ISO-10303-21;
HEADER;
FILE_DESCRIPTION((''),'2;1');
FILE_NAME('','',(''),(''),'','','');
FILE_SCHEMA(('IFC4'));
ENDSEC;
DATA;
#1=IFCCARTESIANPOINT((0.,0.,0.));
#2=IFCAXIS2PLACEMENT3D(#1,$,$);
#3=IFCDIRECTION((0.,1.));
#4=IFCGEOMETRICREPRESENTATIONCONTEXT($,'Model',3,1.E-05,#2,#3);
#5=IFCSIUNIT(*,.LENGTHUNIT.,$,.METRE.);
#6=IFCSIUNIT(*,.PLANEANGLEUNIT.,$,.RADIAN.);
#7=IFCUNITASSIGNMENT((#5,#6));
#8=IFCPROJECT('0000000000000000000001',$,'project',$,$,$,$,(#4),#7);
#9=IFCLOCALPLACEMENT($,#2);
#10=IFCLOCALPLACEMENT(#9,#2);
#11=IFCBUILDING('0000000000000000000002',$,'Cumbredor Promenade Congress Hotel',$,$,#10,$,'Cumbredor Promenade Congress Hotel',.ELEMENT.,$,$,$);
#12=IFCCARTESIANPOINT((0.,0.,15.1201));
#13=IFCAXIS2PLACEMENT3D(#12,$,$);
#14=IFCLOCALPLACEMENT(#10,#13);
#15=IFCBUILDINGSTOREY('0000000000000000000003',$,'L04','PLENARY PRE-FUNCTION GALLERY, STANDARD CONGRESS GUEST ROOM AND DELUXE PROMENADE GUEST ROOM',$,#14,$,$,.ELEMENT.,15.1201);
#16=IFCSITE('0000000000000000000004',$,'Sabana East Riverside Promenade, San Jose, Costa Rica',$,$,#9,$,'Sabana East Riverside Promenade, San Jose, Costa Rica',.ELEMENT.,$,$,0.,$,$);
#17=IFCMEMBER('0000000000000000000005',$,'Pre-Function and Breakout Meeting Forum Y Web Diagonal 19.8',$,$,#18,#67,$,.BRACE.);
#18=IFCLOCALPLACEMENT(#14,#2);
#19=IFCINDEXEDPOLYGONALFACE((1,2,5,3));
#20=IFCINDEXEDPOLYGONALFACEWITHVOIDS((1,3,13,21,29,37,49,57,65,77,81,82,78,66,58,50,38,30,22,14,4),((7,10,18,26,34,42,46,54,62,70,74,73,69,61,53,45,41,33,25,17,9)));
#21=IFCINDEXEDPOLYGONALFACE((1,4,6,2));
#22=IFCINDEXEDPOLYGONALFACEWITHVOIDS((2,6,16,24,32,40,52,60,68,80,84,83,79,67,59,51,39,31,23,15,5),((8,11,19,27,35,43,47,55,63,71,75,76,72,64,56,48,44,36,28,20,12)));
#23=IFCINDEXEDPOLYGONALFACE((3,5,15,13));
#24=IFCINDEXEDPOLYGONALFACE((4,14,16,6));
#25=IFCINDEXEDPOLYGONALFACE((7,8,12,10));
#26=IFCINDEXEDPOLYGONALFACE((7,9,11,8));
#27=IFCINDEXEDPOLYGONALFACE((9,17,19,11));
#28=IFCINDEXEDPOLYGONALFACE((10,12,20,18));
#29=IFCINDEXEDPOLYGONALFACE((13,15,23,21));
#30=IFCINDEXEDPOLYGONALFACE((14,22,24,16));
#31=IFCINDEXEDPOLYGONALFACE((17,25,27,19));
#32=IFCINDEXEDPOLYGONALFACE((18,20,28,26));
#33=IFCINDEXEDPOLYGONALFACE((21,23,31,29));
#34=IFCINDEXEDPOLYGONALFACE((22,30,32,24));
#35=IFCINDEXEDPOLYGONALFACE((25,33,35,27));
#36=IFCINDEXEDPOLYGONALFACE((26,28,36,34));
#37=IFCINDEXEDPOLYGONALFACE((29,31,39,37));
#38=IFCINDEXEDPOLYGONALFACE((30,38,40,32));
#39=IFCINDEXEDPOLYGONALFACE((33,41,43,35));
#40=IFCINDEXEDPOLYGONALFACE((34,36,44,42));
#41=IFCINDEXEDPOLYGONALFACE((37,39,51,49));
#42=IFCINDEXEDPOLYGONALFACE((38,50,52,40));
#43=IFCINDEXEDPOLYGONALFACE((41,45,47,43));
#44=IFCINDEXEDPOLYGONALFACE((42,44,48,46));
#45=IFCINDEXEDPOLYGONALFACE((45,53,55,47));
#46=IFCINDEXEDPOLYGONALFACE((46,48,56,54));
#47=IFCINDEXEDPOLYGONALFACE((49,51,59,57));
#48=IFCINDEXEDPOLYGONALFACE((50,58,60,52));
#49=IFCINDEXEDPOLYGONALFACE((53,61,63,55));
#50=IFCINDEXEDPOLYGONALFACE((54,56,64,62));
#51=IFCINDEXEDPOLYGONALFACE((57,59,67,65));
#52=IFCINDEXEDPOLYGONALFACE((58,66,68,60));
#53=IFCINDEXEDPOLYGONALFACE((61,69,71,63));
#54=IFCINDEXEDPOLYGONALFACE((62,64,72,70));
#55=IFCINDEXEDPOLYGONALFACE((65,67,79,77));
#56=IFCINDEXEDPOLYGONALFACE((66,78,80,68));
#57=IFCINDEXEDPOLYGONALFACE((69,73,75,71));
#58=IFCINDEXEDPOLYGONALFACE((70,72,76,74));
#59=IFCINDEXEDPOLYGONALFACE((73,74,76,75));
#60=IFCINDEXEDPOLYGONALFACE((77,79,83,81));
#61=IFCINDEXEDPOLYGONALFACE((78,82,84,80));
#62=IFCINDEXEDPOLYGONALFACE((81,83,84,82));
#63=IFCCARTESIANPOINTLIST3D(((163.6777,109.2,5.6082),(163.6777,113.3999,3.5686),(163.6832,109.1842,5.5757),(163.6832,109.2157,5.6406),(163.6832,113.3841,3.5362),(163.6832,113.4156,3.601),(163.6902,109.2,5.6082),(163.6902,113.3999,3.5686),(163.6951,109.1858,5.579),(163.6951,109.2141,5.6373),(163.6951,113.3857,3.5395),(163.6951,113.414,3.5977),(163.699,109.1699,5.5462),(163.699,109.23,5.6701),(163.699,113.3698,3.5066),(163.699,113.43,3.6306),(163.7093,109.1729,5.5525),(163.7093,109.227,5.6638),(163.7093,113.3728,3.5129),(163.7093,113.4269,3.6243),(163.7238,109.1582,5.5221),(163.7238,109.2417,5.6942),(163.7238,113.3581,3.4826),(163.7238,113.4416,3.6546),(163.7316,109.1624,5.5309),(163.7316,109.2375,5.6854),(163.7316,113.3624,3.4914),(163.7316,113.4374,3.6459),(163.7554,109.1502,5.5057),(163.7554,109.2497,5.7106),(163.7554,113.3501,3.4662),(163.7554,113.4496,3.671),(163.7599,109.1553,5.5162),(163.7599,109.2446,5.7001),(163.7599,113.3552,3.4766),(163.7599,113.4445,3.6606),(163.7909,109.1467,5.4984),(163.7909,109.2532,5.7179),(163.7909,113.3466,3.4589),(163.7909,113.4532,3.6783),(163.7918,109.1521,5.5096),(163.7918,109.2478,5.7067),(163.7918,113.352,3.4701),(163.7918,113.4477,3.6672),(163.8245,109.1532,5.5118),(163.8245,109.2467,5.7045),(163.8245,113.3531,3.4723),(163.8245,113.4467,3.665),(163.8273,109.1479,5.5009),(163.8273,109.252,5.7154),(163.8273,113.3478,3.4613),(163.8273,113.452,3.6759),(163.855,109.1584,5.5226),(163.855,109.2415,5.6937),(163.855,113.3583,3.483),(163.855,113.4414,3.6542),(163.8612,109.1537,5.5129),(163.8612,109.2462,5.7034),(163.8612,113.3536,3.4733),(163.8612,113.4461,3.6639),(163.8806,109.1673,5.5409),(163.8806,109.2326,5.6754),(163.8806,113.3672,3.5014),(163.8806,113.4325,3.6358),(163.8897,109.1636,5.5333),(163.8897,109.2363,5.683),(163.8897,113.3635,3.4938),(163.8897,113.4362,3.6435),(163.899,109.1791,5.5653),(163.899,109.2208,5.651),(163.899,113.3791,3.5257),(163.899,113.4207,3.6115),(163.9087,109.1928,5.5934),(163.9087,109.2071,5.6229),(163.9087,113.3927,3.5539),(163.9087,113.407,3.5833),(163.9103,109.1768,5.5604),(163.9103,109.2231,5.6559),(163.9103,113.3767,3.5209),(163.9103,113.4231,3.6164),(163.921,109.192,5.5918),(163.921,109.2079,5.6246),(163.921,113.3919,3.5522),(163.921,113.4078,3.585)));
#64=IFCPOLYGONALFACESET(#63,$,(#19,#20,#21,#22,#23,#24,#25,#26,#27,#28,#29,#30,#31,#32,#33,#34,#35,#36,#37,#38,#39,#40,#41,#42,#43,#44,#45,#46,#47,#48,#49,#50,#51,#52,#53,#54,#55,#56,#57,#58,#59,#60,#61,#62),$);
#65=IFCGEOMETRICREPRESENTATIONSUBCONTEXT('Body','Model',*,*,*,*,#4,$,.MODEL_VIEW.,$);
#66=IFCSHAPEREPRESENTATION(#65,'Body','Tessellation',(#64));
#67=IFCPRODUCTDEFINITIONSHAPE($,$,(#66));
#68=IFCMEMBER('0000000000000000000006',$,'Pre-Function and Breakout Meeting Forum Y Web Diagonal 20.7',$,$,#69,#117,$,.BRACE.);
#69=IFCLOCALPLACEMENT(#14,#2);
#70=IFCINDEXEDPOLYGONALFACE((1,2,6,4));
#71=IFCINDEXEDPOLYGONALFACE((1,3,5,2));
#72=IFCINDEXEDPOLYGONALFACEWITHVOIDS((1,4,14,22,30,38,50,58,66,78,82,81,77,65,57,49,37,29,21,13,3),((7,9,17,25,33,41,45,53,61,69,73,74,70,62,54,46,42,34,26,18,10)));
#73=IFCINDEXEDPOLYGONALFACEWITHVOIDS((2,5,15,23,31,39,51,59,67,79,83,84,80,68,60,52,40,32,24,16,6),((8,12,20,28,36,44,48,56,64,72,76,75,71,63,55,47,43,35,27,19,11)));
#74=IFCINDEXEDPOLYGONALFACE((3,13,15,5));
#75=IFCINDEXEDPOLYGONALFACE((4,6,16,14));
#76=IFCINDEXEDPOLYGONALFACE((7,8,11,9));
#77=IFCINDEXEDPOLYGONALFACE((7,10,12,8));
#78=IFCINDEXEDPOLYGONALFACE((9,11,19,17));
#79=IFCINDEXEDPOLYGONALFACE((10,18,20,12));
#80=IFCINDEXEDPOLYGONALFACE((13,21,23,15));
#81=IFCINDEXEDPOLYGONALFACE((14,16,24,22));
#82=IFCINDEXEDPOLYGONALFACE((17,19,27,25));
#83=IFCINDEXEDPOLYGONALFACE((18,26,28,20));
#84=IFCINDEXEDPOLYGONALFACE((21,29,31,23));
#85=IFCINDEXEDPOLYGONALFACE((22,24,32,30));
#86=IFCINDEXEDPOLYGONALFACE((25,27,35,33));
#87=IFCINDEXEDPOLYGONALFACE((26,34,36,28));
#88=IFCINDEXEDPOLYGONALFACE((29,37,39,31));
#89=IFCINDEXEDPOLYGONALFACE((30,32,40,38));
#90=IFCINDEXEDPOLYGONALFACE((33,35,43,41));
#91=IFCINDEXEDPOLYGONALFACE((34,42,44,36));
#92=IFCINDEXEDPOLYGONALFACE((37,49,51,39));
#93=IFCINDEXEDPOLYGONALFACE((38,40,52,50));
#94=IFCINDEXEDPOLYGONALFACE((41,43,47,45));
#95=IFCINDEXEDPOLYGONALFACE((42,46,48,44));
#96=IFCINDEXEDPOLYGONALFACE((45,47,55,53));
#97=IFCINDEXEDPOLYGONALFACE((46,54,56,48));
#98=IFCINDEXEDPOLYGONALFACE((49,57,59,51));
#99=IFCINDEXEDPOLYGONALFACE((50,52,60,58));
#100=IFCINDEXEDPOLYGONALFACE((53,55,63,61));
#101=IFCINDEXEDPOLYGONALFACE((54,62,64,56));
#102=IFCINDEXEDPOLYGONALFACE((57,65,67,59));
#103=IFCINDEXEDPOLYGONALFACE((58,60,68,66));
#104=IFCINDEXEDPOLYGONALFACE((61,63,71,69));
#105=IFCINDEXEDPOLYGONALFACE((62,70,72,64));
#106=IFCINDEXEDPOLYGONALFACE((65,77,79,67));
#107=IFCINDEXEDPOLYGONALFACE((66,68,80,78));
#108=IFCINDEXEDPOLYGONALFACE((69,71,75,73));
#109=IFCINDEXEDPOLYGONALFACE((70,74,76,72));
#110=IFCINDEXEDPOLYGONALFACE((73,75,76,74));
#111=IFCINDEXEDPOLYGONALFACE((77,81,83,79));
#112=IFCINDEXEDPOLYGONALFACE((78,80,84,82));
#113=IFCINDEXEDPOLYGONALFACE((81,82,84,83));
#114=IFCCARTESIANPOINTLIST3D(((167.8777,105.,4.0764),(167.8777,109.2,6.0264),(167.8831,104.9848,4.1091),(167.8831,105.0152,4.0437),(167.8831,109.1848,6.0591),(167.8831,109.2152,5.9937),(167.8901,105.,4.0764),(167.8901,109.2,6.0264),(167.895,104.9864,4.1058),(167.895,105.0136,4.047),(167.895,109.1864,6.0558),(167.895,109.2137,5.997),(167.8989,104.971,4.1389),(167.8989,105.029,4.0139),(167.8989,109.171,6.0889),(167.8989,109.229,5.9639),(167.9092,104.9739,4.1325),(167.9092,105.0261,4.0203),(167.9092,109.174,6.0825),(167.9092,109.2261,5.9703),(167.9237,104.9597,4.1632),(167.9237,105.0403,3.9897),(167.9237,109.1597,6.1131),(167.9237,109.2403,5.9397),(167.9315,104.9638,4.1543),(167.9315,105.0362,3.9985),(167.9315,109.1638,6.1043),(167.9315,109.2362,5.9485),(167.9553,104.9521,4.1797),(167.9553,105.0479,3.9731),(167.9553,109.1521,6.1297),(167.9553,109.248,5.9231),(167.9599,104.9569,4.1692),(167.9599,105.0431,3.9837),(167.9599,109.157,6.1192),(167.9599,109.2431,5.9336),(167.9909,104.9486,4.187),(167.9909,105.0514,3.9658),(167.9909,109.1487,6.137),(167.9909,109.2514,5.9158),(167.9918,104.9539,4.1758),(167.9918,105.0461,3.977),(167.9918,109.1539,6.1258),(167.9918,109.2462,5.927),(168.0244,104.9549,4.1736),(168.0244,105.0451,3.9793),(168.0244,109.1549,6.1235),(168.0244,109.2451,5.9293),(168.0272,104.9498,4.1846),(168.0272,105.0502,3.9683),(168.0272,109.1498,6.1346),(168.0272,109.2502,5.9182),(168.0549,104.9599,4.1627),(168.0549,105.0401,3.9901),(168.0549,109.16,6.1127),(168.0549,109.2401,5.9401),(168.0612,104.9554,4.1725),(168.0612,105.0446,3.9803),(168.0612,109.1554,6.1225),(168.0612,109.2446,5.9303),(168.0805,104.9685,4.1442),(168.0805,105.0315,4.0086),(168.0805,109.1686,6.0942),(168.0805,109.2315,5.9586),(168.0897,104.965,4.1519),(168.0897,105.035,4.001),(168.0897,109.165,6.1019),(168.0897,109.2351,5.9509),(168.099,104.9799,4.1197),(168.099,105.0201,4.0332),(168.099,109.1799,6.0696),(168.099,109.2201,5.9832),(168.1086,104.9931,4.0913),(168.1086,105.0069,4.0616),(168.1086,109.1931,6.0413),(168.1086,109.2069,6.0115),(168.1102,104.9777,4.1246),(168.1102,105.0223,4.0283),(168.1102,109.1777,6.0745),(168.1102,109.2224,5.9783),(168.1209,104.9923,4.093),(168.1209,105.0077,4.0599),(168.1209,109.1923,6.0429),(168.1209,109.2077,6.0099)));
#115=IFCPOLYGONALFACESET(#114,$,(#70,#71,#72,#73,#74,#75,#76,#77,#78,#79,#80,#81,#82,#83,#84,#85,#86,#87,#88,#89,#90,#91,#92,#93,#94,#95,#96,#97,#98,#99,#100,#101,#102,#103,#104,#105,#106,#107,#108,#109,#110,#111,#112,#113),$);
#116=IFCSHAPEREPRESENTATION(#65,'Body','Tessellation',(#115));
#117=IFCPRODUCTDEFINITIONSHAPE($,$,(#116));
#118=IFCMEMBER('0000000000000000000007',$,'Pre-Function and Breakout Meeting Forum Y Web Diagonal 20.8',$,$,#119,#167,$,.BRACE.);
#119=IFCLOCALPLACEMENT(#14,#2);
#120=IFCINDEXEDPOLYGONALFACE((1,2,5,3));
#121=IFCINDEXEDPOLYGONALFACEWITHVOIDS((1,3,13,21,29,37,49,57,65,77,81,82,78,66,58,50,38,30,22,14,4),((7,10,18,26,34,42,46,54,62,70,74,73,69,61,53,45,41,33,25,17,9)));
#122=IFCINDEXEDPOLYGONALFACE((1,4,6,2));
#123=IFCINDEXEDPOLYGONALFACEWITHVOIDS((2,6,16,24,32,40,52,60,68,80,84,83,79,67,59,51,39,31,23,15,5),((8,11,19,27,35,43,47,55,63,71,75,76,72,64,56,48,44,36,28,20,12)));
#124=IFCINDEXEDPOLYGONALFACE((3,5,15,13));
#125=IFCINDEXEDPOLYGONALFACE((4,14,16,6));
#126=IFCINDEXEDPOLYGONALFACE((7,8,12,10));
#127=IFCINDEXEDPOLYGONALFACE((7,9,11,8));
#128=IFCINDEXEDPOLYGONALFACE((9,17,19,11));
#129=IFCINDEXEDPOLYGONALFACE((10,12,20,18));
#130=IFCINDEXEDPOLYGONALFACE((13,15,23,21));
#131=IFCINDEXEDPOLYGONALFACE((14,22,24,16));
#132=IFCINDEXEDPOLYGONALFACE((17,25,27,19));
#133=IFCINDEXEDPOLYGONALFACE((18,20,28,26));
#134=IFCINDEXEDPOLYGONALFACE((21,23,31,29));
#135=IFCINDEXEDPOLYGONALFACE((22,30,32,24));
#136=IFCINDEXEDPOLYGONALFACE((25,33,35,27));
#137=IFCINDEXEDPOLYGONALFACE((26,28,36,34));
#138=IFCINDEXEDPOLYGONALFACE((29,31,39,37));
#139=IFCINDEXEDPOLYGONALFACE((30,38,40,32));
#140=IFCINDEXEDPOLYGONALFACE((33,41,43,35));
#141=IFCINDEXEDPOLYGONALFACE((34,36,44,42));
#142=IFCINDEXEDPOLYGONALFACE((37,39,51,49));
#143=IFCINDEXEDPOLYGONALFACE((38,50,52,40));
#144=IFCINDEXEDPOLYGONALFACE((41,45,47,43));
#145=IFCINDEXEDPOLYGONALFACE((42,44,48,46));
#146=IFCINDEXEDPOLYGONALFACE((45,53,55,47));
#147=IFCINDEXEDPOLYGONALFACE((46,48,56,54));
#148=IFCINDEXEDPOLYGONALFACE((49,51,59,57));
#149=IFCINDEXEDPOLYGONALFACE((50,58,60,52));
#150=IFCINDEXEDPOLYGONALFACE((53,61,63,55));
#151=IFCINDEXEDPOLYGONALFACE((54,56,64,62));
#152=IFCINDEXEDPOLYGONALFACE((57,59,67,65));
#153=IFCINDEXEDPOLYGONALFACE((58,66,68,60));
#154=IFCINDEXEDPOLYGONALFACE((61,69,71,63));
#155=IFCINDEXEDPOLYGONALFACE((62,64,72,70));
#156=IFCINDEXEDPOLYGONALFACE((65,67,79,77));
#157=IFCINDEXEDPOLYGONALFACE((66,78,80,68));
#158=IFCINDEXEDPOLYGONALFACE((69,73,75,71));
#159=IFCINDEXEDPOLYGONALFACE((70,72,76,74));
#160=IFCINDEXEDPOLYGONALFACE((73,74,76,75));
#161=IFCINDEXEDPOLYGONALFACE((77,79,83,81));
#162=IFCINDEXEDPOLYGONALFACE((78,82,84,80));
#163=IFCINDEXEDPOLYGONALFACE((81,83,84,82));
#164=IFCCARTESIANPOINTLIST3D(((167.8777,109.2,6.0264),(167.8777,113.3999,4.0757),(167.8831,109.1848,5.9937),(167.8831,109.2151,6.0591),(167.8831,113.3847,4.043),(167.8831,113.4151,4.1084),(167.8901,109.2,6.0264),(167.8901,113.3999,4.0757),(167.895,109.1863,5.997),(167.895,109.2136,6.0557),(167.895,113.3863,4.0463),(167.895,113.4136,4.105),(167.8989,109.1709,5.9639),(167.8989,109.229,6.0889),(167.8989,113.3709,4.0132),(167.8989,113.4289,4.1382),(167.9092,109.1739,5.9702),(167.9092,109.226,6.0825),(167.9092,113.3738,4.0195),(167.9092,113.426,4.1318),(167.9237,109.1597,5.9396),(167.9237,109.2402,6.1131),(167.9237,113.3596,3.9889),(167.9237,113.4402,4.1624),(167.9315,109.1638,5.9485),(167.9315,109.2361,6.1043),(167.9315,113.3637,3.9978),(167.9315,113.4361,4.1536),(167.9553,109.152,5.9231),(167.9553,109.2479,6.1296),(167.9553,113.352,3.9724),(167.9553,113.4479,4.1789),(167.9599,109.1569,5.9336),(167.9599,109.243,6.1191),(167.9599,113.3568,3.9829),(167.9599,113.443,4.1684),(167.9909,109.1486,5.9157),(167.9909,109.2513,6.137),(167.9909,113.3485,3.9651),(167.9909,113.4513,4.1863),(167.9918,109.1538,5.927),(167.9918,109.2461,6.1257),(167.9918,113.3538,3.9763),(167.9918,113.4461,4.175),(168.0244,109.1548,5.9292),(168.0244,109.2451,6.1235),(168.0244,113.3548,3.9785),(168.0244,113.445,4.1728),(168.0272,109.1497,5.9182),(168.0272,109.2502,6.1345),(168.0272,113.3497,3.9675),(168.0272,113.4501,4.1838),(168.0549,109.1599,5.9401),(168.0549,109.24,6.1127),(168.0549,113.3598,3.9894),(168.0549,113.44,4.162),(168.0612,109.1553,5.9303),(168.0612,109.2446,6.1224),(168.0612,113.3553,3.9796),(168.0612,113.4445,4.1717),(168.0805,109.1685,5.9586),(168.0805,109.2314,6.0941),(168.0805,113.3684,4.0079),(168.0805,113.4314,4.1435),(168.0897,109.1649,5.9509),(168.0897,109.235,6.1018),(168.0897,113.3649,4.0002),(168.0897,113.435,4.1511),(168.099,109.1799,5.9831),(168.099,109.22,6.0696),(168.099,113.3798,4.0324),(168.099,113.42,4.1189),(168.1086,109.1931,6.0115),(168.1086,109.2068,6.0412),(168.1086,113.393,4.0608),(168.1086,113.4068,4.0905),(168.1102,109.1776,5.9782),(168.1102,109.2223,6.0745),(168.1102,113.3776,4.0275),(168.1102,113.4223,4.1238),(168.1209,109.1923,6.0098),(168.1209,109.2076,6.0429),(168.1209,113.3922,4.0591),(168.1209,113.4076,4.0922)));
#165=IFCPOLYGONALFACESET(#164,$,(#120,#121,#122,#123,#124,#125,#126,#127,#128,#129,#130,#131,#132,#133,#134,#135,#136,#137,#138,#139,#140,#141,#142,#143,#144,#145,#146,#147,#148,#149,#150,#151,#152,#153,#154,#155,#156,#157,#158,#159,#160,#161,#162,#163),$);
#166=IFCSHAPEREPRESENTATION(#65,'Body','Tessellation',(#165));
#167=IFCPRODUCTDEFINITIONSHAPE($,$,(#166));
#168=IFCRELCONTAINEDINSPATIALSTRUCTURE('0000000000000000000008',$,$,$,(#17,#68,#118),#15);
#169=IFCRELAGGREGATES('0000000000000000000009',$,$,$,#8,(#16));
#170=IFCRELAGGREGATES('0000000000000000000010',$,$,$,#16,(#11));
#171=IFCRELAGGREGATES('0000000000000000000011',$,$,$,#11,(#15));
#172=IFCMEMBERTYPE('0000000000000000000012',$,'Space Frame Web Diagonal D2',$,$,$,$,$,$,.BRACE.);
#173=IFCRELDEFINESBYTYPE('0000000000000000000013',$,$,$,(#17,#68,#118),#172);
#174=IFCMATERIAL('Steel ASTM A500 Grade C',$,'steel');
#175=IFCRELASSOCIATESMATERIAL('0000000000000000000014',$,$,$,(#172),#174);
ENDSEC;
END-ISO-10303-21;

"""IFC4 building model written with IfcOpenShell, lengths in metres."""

from ifc_helpers import new_model, si_unit, direction, frame, origin, origin_2d, place, context, subcontext, project, spatial, hollow_circle, extrude, material, material_profile, profile_set, type_object, element, save


model = new_model("IFC4")

# Units and contexts
model_context = context("Model", 3, precision=1e-05, world=origin(), true_north=direction((0.0, 1.0)))
body_context = subcontext(model_context, "Body", "Model", "MODEL_VIEW")
ifc_project = project(units=[si_unit("LENGTHUNIT", "METRE"), si_unit("PLANEANGLEUNIT", "RADIAN")], contexts=[model_context])

# Site, building, storey
site_placement = place(None, origin())
site = spatial("IfcSite", under=ifc_project, at=site_placement, Name="Sabana East Riverside Promenade, San Jose, Costa Rica", LongName="Sabana East Riverside Promenade, San Jose, Costa Rica", CompositionType="ELEMENT", RefElevation=0.0)
building_placement = place(site_placement, origin())
building = spatial("IfcBuilding", under=site, at=building_placement, Name="Cumbredor Promenade Congress Hotel", LongName="Cumbredor Promenade Congress Hotel", CompositionType="ELEMENT")
storey_placement = place(building_placement, frame((0.0, 0.0, 15.1201)))
storey = spatial("IfcBuildingStorey", under=building, at=storey_placement, Name="L04", Description="PLENARY PRE-FUNCTION GALLERY, STANDARD CONGRESS GUEST ROOM AND DELUXE PROMENADE GUEST ROOM", CompositionType="ELEMENT", Elevation=15.1201)

# Members
ifc_material_1 = material(Name="Steel ASTM A500 Grade C", Category="steel")
ifc_material_profile_1 = material_profile(ifc_material_1, hollow_circle(Radius=0.1223, WallThickness=0.0125, at=origin_2d()), Name="CHS 244.5x12.5")
ifc_profile_set_1 = profile_set([ifc_material_profile_1], Name="Steel ASTM A500 Grade C")
member_type_1 = type_object("IfcMemberType", Name="Space Frame Web Diagonal D2", PredefinedType="BRACE", material=ifc_profile_set_1)
member_1_placement = place(storey_placement, frame((163.8, 109.2, 5.6082), z_axis=(0.0, 0.899544, -0.43683), x_axis=(-1.0, 0.0, 0.0)))
element("IfcMember", 1, at=member_1_placement, inside=storey, type_object=member_type_1, Name="Pre-Function and Breakout Meeting Forum Y Web Diagonal 19.8", PredefinedType="BRACE", context=body_context, shape_type="SweptSolid", body=[
    extrude(hollow_circle(Radius=0.1223, WallThickness=0.0125, at=origin_2d()), origin(), (0.0, 0.0, 1.0), 4.6689),
])
member_2_placement = place(storey_placement, frame((168.0, 105.0, 4.0764), z_axis=(0.0, 0.907011, 0.421107), x_axis=(-1.0, 0.0, 0.0)))
element("IfcMember", 2, at=member_2_placement, inside=storey, type_object=member_type_1, Name="Pre-Function and Breakout Meeting Forum Y Web Diagonal 20.7", PredefinedType="BRACE", context=body_context, shape_type="SweptSolid", body=[
    extrude(hollow_circle(Radius=0.1223, WallThickness=0.0125, at=origin_2d()), origin(), (0.0, 0.0, 1.0), 4.6306),
])
member_3_placement = place(storey_placement, frame((168.0, 109.2, 6.0264), z_axis=(0.0, 0.906951, -0.421237), x_axis=(-1.0, 0.0, 0.0)))
element("IfcMember", 3, at=member_3_placement, inside=storey, type_object=member_type_1, Name="Pre-Function and Breakout Meeting Forum Y Web Diagonal 20.8", PredefinedType="BRACE", context=body_context, shape_type="SweptSolid", body=[
    extrude(hollow_circle(Radius=0.1223, WallThickness=0.0125, at=origin_2d()), origin(), (0.0, 0.0, 1.0), 4.6309),
])

save(model, "model.ifc")
